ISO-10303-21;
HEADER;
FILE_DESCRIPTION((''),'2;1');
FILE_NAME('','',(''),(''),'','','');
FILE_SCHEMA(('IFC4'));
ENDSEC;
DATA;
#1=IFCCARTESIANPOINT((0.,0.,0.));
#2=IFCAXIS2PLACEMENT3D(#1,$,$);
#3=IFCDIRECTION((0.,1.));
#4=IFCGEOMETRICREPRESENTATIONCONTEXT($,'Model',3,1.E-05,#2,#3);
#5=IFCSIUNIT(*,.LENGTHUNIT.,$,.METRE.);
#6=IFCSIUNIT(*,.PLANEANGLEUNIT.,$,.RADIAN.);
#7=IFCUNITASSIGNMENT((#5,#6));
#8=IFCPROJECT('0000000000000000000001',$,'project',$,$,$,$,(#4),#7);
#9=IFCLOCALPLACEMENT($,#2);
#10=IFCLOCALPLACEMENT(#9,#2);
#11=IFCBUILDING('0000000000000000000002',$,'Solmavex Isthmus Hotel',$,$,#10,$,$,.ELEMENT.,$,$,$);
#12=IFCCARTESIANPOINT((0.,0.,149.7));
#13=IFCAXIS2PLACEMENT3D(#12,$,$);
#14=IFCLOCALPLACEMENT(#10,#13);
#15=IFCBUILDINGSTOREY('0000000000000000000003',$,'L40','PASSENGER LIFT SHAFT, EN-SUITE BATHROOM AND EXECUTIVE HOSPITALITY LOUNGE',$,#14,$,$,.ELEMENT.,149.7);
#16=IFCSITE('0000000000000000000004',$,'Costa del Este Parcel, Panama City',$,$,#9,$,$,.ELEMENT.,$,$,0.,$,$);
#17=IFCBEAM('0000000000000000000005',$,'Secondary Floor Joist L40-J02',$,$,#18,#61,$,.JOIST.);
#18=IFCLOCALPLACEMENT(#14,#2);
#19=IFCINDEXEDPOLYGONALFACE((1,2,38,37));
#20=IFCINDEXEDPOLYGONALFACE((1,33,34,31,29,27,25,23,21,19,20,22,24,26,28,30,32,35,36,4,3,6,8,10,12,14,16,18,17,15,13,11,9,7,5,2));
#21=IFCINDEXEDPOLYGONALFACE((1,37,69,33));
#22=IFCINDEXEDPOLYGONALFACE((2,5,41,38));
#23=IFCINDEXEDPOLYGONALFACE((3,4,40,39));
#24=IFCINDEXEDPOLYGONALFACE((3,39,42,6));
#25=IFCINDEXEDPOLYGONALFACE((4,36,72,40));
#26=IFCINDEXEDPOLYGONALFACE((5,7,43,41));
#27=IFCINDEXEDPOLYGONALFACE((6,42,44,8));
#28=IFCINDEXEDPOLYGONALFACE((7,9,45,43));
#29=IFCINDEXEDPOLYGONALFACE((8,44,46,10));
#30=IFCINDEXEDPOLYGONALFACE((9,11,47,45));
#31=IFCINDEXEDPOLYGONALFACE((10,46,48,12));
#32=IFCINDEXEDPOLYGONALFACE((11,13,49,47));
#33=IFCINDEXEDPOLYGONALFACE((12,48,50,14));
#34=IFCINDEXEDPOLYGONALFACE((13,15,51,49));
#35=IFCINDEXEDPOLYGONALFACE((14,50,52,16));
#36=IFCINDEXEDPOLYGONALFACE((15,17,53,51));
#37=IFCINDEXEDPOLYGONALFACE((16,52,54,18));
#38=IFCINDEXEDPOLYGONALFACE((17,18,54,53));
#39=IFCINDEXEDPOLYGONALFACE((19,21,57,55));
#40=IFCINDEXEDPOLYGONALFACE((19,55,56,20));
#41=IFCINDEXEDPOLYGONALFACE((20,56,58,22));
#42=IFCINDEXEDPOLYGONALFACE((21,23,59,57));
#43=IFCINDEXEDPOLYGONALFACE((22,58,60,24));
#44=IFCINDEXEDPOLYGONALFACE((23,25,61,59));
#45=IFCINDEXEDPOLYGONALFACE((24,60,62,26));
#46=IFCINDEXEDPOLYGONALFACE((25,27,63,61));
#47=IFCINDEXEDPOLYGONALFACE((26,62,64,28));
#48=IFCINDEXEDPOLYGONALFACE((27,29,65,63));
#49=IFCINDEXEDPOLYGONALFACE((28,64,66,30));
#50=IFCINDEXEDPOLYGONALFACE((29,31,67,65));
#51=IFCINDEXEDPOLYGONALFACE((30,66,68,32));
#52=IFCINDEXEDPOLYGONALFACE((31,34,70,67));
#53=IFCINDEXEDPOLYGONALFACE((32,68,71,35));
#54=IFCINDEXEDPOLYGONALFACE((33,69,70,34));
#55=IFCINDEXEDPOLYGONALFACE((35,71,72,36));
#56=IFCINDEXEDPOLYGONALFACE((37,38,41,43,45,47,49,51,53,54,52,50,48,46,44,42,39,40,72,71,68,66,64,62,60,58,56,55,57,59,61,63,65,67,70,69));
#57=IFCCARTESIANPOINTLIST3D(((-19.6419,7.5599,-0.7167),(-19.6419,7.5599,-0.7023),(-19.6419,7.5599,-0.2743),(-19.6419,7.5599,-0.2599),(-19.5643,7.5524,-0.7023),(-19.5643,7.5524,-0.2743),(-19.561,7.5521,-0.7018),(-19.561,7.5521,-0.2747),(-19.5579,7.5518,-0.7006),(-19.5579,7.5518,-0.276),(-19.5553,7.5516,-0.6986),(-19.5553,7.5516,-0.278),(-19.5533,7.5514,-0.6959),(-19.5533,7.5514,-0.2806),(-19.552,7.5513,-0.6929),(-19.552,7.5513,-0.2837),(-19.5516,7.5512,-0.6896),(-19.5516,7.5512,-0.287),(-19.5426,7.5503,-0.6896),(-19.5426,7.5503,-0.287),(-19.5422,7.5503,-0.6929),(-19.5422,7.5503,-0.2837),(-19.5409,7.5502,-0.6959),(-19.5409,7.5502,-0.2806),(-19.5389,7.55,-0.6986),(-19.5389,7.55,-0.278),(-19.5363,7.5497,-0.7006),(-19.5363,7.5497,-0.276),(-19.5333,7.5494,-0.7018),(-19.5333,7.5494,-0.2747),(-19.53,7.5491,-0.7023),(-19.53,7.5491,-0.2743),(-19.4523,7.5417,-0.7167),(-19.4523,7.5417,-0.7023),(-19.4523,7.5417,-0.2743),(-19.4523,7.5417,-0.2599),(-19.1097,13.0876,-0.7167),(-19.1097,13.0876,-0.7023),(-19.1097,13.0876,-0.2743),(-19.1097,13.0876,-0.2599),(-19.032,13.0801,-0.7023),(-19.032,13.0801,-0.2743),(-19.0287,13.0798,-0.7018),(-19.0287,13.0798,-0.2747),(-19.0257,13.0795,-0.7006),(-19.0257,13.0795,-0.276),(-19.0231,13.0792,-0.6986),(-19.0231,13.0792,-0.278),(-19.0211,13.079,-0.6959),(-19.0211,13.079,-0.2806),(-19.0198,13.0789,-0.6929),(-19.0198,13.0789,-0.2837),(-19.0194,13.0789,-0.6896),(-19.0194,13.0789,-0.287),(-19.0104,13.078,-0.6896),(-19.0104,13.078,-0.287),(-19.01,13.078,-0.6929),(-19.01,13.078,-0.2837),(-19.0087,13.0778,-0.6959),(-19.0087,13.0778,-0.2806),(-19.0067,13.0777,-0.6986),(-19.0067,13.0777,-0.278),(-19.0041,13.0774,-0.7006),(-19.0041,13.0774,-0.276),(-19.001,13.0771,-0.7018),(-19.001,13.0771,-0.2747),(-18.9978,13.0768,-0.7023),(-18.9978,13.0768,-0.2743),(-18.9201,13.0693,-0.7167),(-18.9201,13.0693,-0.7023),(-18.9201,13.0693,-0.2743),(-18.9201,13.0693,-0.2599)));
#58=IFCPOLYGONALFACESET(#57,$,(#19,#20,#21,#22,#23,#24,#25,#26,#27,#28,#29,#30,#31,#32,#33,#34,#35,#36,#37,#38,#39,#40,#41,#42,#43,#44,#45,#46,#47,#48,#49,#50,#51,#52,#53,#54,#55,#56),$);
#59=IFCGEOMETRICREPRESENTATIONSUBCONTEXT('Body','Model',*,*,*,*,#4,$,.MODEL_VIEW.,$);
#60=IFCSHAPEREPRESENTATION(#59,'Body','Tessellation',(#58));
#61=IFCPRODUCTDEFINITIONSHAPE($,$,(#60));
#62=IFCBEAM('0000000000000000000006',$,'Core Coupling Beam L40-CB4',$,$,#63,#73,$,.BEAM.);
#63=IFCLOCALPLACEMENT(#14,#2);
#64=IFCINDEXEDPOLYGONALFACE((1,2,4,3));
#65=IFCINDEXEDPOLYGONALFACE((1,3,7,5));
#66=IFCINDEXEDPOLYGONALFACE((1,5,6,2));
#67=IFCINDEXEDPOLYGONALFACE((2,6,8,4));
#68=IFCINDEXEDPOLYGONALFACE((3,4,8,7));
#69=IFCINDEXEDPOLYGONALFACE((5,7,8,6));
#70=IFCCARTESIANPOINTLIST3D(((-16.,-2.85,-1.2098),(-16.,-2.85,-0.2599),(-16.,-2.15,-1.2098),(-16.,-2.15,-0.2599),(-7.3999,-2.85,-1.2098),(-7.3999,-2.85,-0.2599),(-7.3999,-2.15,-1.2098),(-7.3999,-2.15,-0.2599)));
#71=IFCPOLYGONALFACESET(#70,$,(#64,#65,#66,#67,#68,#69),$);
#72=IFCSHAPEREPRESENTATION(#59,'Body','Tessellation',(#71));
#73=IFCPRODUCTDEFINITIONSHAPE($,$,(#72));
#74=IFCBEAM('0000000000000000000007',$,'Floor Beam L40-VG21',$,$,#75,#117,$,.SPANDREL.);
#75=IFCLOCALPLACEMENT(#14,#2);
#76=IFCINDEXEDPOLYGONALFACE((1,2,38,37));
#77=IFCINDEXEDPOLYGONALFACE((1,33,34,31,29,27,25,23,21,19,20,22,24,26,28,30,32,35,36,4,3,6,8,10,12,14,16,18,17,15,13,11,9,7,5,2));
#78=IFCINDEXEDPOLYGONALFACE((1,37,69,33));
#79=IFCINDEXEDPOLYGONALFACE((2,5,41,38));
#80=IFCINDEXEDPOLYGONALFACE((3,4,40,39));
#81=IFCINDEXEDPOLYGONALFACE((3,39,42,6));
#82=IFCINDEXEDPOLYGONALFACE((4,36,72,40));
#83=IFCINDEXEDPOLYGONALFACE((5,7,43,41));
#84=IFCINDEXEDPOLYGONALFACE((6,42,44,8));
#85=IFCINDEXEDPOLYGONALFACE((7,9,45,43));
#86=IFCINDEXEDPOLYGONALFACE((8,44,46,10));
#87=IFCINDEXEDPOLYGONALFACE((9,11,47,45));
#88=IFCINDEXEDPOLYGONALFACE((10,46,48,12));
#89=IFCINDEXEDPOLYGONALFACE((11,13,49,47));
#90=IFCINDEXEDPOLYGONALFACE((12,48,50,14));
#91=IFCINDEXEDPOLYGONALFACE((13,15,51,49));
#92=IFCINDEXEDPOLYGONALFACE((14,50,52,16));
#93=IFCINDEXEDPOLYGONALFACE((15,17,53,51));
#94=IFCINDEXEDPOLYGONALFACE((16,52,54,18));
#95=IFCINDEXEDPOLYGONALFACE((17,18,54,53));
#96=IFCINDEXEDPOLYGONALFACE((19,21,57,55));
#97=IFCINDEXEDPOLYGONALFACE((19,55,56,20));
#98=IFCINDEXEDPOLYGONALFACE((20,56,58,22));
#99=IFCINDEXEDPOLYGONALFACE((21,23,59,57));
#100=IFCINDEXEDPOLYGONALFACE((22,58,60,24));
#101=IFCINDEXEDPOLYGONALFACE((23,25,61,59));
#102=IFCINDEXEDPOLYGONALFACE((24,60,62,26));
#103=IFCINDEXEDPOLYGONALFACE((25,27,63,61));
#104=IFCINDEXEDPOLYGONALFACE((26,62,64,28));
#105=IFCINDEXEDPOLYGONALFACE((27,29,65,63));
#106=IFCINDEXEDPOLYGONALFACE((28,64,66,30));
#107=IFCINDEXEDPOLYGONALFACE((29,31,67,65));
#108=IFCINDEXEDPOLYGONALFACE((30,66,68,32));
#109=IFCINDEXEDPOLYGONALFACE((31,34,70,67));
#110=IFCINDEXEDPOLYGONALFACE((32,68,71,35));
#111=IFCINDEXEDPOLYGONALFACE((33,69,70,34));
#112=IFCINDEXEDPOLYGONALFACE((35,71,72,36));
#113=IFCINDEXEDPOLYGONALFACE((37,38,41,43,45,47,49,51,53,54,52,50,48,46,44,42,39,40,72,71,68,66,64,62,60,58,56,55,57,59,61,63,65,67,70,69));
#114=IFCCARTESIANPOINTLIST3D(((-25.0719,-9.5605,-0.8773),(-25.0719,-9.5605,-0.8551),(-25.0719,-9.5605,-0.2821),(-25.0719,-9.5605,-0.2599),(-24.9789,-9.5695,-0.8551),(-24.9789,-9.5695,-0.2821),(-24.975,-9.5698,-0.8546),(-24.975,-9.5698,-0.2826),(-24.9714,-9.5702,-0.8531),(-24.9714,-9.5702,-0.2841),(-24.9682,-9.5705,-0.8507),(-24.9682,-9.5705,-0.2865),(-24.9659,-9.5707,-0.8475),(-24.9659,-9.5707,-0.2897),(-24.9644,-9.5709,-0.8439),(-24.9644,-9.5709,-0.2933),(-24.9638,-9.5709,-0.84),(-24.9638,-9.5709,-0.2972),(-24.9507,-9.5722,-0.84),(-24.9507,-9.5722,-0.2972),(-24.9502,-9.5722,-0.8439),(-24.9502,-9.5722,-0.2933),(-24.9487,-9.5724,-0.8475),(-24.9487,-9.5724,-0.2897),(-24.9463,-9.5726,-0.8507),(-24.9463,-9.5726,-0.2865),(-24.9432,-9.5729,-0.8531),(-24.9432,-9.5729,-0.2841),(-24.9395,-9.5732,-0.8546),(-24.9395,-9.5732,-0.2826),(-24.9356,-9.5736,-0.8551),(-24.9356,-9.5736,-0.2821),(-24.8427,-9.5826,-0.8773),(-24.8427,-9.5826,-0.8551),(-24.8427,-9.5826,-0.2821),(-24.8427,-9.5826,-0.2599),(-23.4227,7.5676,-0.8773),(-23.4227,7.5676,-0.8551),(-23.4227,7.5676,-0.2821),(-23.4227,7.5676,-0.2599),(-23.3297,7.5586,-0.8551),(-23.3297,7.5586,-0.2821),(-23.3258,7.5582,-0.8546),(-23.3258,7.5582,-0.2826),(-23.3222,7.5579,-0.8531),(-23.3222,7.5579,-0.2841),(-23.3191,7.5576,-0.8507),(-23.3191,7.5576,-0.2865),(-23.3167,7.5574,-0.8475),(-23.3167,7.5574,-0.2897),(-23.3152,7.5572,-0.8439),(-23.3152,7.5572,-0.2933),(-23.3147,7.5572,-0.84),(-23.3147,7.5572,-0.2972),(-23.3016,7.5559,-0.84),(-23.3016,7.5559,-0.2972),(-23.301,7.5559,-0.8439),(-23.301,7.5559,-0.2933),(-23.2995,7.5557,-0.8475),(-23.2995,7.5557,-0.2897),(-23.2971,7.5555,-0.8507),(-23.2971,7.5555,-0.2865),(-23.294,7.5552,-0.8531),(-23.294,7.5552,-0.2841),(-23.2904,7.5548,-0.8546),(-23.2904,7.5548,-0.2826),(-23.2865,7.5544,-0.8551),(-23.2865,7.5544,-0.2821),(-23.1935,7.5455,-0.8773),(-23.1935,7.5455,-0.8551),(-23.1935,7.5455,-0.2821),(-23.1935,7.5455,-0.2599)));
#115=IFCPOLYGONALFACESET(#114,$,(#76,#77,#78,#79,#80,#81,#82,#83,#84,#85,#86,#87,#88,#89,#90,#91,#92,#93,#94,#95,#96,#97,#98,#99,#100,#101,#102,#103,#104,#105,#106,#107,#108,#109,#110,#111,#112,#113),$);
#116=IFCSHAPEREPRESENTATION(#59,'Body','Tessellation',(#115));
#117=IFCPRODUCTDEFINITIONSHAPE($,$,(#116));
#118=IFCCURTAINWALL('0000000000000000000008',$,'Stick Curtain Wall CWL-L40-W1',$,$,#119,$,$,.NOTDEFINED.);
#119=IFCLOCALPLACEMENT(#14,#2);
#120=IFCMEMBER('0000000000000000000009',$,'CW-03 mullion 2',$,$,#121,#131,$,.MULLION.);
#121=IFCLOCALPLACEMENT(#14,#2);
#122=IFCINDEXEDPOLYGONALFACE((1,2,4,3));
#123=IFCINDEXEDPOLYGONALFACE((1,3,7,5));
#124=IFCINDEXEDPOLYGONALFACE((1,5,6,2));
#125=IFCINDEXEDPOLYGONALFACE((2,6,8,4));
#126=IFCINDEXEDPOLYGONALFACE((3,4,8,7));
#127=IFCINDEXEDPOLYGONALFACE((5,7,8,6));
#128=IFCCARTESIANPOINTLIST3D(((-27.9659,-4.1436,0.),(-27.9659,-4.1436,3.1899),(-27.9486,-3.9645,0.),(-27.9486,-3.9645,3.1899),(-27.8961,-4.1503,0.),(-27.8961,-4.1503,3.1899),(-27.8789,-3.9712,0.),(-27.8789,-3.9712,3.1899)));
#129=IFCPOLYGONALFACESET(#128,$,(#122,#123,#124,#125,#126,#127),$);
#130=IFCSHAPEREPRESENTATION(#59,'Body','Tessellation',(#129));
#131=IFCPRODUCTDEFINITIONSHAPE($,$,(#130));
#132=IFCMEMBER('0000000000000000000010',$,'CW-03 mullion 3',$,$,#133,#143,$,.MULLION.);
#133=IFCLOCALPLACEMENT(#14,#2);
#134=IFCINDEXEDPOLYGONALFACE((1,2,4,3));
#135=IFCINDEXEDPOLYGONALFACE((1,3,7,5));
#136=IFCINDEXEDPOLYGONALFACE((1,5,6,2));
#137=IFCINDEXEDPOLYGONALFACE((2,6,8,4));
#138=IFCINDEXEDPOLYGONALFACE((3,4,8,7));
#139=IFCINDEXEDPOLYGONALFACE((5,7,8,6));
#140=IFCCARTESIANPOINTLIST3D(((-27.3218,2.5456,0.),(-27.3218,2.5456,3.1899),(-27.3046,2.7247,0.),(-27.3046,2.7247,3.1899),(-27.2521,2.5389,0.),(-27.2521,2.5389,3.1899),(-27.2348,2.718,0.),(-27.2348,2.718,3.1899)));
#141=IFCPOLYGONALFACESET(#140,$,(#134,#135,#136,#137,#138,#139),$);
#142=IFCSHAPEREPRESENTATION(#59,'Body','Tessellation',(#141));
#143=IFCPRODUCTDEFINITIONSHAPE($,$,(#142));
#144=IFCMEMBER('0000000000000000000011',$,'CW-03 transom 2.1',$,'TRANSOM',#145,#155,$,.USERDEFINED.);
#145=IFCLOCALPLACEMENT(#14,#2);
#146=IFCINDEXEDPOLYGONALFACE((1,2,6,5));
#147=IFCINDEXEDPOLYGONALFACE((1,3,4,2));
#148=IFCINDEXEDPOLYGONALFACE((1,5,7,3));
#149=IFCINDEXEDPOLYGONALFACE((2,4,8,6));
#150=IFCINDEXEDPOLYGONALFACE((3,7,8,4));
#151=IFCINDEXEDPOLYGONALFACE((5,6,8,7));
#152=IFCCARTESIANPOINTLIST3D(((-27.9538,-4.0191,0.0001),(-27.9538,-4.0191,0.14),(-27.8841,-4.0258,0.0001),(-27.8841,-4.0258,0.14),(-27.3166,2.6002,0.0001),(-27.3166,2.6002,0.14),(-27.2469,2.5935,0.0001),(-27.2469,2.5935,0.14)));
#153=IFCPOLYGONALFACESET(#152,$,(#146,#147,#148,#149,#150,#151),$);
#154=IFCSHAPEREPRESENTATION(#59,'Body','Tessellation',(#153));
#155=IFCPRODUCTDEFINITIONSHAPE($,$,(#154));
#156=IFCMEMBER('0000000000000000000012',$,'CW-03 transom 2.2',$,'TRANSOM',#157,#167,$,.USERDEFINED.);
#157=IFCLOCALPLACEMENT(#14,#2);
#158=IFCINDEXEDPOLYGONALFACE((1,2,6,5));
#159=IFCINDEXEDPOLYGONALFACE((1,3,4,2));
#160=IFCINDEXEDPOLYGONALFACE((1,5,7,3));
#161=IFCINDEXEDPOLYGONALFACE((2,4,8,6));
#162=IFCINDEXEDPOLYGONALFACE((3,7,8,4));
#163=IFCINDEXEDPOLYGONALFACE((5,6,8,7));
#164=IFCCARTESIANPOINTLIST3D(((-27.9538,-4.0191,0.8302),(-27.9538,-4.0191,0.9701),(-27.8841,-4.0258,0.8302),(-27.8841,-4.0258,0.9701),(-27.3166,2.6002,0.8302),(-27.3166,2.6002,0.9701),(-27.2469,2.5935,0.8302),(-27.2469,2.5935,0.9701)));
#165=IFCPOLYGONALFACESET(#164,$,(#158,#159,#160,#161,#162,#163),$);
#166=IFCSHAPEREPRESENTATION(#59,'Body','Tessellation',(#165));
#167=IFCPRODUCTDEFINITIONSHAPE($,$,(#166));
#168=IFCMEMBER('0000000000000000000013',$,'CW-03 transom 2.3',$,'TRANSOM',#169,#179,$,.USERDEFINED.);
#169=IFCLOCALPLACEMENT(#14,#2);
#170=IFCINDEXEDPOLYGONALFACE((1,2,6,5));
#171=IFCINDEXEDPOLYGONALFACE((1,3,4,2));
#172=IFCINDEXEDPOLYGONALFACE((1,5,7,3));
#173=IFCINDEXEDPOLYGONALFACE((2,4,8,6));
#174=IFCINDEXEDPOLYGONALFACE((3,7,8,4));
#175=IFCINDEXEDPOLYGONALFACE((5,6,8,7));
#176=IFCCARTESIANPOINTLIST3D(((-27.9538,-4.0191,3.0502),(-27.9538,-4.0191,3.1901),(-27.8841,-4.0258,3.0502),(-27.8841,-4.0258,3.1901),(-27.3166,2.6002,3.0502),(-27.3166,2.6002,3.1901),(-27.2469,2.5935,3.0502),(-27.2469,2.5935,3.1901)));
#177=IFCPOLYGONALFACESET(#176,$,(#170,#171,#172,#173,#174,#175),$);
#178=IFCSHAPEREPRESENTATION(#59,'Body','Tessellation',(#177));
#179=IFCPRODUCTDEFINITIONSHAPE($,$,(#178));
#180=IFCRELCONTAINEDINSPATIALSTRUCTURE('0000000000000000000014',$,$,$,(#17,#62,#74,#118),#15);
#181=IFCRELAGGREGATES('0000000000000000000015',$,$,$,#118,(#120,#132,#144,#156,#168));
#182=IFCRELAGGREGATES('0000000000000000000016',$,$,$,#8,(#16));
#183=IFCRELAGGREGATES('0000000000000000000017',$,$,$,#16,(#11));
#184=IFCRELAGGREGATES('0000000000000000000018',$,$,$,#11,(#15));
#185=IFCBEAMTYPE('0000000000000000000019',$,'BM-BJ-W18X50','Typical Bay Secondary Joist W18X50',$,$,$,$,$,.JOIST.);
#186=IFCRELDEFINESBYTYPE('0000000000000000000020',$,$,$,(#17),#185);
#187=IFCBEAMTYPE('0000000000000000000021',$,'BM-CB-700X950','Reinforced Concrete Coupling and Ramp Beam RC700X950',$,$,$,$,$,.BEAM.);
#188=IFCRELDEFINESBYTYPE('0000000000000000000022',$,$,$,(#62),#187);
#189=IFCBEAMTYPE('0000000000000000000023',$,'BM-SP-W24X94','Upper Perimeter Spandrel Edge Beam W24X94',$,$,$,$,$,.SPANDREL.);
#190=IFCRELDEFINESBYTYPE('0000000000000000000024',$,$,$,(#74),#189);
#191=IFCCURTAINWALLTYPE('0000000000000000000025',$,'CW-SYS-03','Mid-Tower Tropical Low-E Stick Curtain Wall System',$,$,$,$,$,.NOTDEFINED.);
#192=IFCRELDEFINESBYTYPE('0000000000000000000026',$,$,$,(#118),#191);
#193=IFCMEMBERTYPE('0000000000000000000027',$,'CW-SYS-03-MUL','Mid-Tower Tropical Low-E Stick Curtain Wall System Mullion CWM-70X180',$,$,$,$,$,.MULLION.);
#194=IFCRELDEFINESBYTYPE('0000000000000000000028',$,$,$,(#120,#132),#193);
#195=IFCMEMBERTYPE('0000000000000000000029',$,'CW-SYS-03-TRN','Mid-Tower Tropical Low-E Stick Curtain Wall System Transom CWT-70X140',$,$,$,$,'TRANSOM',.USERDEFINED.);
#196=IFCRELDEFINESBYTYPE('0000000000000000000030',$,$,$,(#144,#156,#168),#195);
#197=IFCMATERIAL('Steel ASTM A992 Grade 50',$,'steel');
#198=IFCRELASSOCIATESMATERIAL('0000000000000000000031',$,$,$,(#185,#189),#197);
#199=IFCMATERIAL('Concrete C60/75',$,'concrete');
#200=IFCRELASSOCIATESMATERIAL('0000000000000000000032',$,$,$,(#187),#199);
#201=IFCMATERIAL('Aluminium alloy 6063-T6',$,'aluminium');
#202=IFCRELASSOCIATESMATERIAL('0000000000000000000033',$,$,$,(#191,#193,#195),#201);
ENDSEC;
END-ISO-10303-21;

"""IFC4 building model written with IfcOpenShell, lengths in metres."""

from ifc_helpers import new_model, si_unit, direction, frame, origin, origin_2d, place, context, subcontext, project, spatial, rectangle, i_section, extrude, material, material_profile, profile_set, type_object, element, aggregate, save


model = new_model("IFC4")

# Units and contexts
model_context = context("Model", 3, precision=1e-05, world=origin(), true_north=direction((0.0, 1.0)))
body_context = subcontext(model_context, "Body", "Model", "MODEL_VIEW")
ifc_project = project(units=[si_unit("LENGTHUNIT", "METRE"), si_unit("PLANEANGLEUNIT", "RADIAN")], contexts=[model_context])

# Site, building, storey
site_placement = place(None, origin())
site = spatial("IfcSite", under=ifc_project, at=site_placement, Name="Costa del Este Parcel, Panama City", CompositionType="ELEMENT", RefElevation=0.0)
building_placement = place(site_placement, origin())
building = spatial("IfcBuilding", under=site, at=building_placement, Name="Solmavex Isthmus Hotel", CompositionType="ELEMENT")
storey_placement = place(building_placement, frame((0.0, 0.0, 149.7)))
storey = spatial("IfcBuildingStorey", under=building, at=storey_placement, Name="L40", Description="PASSENGER LIFT SHAFT, EN-SUITE BATHROOM AND EXECUTIVE HOSPITALITY LOUNGE", CompositionType="ELEMENT", Elevation=149.7)

# Shared definitions
ifc_material_1 = material(Name="Concrete C60/75", Category="concrete")

# Beams
ifc_material_2 = material(Name="Steel ASTM A992 Grade 50", Category="steel")
ifc_material_profile_1 = material_profile(ifc_material_2, i_section(OverallWidth=0.1904, OverallDepth=0.4568, WebThickness=0.009, FlangeThickness=0.0144, FilletRadius=0.0127, at=origin_2d()), Name="W18X50")
ifc_profile_set_1 = profile_set([ifc_material_profile_1], Name="Steel ASTM A992 Grade 50")
beam_type_1 = type_object("IfcBeamType", Name="BM-BJ-W18X50", Description="Typical Bay Secondary Joist W18X50", PredefinedType="JOIST", material=ifc_profile_set_1)
beam_1_placement = place(storey_placement, frame((-19.5471, 7.5508, -0.4883), z_axis=(0.095842, 0.995397, 0.0), x_axis=(-0.995397, 0.095842, 0.0)))
element("IfcBeam", 1, at=beam_1_placement, inside=storey, type_object=beam_type_1, Name="Secondary Floor Joist L40-J02", PredefinedType="JOIST", context=body_context, shape_type="SweptSolid", body=[
    extrude(i_section(OverallWidth=0.1904, OverallDepth=0.4568, WebThickness=0.009, FlangeThickness=0.0144, FilletRadius=0.0127, at=origin_2d()), origin(), (0.0, 0.0, 1.0), 5.5532),
])
ifc_material_profile_2 = material_profile(ifc_material_1, rectangle(XDim=0.7, YDim=0.95, at=origin_2d()), Name="RC700X950")
ifc_profile_set_2 = profile_set([ifc_material_profile_2], Name="Concrete C60/75")
beam_type_2 = type_object("IfcBeamType", Name="BM-CB-700X950", Description="Reinforced Concrete Coupling and Ramp Beam RC700X950", PredefinedType="BEAM", material=ifc_profile_set_2)
beam_2_placement = place(storey_placement, frame((-16.0, -2.5, -0.7349), z_axis=(1.0, 0.0, 0.0), x_axis=(0.0, 1.0, 0.0)))
element("IfcBeam", 2, at=beam_2_placement, inside=storey, type_object=beam_type_2, Name="Core Coupling Beam L40-CB4", PredefinedType="BEAM", context=body_context, shape_type="SweptSolid", body=[
    extrude(rectangle(XDim=0.7, YDim=0.95, at=origin_2d()), origin(), (0.0, 0.0, 1.0), 8.6001),
])
ifc_material_profile_3 = material_profile(ifc_material_2, i_section(OverallWidth=0.2302, OverallDepth=0.6174, WebThickness=0.0132, FlangeThickness=0.0222, FilletRadius=0.0151, at=origin_2d()), Name="W24X94")
ifc_profile_set_3 = profile_set([ifc_material_profile_3], Name="Steel ASTM A992 Grade 50")
beam_type_3 = type_object("IfcBeamType", Name="BM-SP-W24X94", Description="Upper Perimeter Spandrel Edge Beam W24X94", PredefinedType="SPANDREL", material=ifc_profile_set_3)
beam_3_placement = place(storey_placement, frame((-24.9573, -9.5715, -0.5686), z_axis=(0.095841, 0.995397, 0.0), x_axis=(-0.995397, 0.095841, 0.0)))
element("IfcBeam", 3, at=beam_3_placement, inside=storey, type_object=beam_type_3, Name="Floor Beam L40-VG21", PredefinedType="SPANDREL", context=body_context, shape_type="SweptSolid", body=[
    extrude(i_section(OverallWidth=0.2302, OverallDepth=0.6174, WebThickness=0.0132, FlangeThickness=0.0222, FilletRadius=0.0151, at=origin_2d()), origin(), (0.0, 0.0, 1.0), 17.2073),
])

# Curtain wall, members
ifc_material_3 = material(Name="Aluminium alloy 6063-T6", Category="aluminium")
curtain_wall_type = type_object("IfcCurtainWallType", Name="CW-SYS-03", Description="Mid-Tower Tropical Low-E Stick Curtain Wall System", PredefinedType="NOTDEFINED", material=ifc_material_3)
curtain_wall_placement = place(storey_placement, origin())
curtain_wall = element("IfcCurtainWall", 4, at=curtain_wall_placement, inside=storey, type_object=curtain_wall_type, Name="Stick Curtain Wall CWL-L40-W1", PredefinedType="NOTDEFINED")
ifc_material_profile_4 = material_profile(ifc_material_3, rectangle(XDim=0.0701, YDim=0.1799, at=origin_2d()), Name="CWM-70X180")
ifc_profile_set_4 = profile_set([ifc_material_profile_4], Name="Aluminium alloy 6063-T6")
member_type_1 = type_object("IfcMemberType", Name="CW-SYS-03-MUL", Description="Mid-Tower Tropical Low-E Stick Curtain Wall System Mullion CWM-70X180", PredefinedType="MULLION", material=ifc_profile_set_4)
member_1_placement = place(storey_placement, frame((-27.9224, -4.0574, 0.0), z_axis=(0.0, 0.0, 1.0), x_axis=(-0.995396, 0.095846, 0.0)))
member_1 = element("IfcMember", 5, at=member_1_placement, type_object=member_type_1, Name="CW-03 mullion 2", PredefinedType="MULLION", context=body_context, shape_type="SweptSolid", body=[
    extrude(rectangle(XDim=0.0701, YDim=0.1799, at=origin_2d()), origin(), (0.0, 0.0, 1.0), 3.1899),
])
member_2_placement = place(storey_placement, frame((-27.2783, 2.6318, 0.0), z_axis=(0.0, 0.0, 1.0), x_axis=(-0.995396, 0.095846, 0.0)))
member_2 = element("IfcMember", 6, at=member_2_placement, type_object=member_type_1, Name="CW-03 mullion 3", PredefinedType="MULLION", context=body_context, shape_type="SweptSolid", body=[
    extrude(rectangle(XDim=0.0701, YDim=0.1799, at=origin_2d()), origin(), (0.0, 0.0, 1.0), 3.1899),
])
ifc_material_profile_5 = material_profile(ifc_material_3, rectangle(XDim=0.0701, YDim=0.1399, at=origin_2d()), Name="CWT-70X140")
ifc_profile_set_5 = profile_set([ifc_material_profile_5], Name="Aluminium alloy 6063-T6")
member_type_2 = type_object("IfcMemberType", Name="CW-SYS-03-TRN", Description="Mid-Tower Tropical Low-E Stick Curtain Wall System Transom CWT-70X140", ElementType="TRANSOM", PredefinedType="USERDEFINED", material=ifc_profile_set_5)
member_3_placement = place(storey_placement, frame((-27.9189, -4.0225, 0.0701), z_axis=(0.095821, 0.995399, 0.0), x_axis=(-0.995399, 0.095821, 0.0)))
member_3 = element("IfcMember", 7, at=member_3_placement, type_object=member_type_2, Name="CW-03 transom 2.1", ObjectType="TRANSOM", PredefinedType="USERDEFINED", context=body_context, shape_type="SweptSolid", body=[
    extrude(rectangle(XDim=0.0701, YDim=0.1399, at=origin_2d()), origin(), (0.0, 0.0, 1.0), 6.6499),
])
member_4_placement = place(storey_placement, frame((-27.9189, -4.0225, 0.9001), z_axis=(0.095821, 0.995399, 0.0), x_axis=(-0.995399, 0.095821, 0.0)))
member_4 = element("IfcMember", 8, at=member_4_placement, type_object=member_type_2, Name="CW-03 transom 2.2", ObjectType="TRANSOM", PredefinedType="USERDEFINED", context=body_context, shape_type="SweptSolid", body=[
    extrude(rectangle(XDim=0.0701, YDim=0.1399, at=origin_2d()), origin(), (0.0, 0.0, 1.0), 6.6499),
])
member_5_placement = place(storey_placement, frame((-27.9189, -4.0225, 3.1201), z_axis=(0.095821, 0.995399, 0.0), x_axis=(-0.995399, 0.095821, 0.0)))
member_5 = element("IfcMember", 9, at=member_5_placement, type_object=member_type_2, Name="CW-03 transom 2.3", ObjectType="TRANSOM", PredefinedType="USERDEFINED", context=body_context, shape_type="SweptSolid", body=[
    extrude(rectangle(XDim=0.0701, YDim=0.1399, at=origin_2d()), origin(), (0.0, 0.0, 1.0), 6.6499),
])
aggregate(curtain_wall, [member_1, member_2, member_3, member_4, member_5])

save(model, "model.ifc")
